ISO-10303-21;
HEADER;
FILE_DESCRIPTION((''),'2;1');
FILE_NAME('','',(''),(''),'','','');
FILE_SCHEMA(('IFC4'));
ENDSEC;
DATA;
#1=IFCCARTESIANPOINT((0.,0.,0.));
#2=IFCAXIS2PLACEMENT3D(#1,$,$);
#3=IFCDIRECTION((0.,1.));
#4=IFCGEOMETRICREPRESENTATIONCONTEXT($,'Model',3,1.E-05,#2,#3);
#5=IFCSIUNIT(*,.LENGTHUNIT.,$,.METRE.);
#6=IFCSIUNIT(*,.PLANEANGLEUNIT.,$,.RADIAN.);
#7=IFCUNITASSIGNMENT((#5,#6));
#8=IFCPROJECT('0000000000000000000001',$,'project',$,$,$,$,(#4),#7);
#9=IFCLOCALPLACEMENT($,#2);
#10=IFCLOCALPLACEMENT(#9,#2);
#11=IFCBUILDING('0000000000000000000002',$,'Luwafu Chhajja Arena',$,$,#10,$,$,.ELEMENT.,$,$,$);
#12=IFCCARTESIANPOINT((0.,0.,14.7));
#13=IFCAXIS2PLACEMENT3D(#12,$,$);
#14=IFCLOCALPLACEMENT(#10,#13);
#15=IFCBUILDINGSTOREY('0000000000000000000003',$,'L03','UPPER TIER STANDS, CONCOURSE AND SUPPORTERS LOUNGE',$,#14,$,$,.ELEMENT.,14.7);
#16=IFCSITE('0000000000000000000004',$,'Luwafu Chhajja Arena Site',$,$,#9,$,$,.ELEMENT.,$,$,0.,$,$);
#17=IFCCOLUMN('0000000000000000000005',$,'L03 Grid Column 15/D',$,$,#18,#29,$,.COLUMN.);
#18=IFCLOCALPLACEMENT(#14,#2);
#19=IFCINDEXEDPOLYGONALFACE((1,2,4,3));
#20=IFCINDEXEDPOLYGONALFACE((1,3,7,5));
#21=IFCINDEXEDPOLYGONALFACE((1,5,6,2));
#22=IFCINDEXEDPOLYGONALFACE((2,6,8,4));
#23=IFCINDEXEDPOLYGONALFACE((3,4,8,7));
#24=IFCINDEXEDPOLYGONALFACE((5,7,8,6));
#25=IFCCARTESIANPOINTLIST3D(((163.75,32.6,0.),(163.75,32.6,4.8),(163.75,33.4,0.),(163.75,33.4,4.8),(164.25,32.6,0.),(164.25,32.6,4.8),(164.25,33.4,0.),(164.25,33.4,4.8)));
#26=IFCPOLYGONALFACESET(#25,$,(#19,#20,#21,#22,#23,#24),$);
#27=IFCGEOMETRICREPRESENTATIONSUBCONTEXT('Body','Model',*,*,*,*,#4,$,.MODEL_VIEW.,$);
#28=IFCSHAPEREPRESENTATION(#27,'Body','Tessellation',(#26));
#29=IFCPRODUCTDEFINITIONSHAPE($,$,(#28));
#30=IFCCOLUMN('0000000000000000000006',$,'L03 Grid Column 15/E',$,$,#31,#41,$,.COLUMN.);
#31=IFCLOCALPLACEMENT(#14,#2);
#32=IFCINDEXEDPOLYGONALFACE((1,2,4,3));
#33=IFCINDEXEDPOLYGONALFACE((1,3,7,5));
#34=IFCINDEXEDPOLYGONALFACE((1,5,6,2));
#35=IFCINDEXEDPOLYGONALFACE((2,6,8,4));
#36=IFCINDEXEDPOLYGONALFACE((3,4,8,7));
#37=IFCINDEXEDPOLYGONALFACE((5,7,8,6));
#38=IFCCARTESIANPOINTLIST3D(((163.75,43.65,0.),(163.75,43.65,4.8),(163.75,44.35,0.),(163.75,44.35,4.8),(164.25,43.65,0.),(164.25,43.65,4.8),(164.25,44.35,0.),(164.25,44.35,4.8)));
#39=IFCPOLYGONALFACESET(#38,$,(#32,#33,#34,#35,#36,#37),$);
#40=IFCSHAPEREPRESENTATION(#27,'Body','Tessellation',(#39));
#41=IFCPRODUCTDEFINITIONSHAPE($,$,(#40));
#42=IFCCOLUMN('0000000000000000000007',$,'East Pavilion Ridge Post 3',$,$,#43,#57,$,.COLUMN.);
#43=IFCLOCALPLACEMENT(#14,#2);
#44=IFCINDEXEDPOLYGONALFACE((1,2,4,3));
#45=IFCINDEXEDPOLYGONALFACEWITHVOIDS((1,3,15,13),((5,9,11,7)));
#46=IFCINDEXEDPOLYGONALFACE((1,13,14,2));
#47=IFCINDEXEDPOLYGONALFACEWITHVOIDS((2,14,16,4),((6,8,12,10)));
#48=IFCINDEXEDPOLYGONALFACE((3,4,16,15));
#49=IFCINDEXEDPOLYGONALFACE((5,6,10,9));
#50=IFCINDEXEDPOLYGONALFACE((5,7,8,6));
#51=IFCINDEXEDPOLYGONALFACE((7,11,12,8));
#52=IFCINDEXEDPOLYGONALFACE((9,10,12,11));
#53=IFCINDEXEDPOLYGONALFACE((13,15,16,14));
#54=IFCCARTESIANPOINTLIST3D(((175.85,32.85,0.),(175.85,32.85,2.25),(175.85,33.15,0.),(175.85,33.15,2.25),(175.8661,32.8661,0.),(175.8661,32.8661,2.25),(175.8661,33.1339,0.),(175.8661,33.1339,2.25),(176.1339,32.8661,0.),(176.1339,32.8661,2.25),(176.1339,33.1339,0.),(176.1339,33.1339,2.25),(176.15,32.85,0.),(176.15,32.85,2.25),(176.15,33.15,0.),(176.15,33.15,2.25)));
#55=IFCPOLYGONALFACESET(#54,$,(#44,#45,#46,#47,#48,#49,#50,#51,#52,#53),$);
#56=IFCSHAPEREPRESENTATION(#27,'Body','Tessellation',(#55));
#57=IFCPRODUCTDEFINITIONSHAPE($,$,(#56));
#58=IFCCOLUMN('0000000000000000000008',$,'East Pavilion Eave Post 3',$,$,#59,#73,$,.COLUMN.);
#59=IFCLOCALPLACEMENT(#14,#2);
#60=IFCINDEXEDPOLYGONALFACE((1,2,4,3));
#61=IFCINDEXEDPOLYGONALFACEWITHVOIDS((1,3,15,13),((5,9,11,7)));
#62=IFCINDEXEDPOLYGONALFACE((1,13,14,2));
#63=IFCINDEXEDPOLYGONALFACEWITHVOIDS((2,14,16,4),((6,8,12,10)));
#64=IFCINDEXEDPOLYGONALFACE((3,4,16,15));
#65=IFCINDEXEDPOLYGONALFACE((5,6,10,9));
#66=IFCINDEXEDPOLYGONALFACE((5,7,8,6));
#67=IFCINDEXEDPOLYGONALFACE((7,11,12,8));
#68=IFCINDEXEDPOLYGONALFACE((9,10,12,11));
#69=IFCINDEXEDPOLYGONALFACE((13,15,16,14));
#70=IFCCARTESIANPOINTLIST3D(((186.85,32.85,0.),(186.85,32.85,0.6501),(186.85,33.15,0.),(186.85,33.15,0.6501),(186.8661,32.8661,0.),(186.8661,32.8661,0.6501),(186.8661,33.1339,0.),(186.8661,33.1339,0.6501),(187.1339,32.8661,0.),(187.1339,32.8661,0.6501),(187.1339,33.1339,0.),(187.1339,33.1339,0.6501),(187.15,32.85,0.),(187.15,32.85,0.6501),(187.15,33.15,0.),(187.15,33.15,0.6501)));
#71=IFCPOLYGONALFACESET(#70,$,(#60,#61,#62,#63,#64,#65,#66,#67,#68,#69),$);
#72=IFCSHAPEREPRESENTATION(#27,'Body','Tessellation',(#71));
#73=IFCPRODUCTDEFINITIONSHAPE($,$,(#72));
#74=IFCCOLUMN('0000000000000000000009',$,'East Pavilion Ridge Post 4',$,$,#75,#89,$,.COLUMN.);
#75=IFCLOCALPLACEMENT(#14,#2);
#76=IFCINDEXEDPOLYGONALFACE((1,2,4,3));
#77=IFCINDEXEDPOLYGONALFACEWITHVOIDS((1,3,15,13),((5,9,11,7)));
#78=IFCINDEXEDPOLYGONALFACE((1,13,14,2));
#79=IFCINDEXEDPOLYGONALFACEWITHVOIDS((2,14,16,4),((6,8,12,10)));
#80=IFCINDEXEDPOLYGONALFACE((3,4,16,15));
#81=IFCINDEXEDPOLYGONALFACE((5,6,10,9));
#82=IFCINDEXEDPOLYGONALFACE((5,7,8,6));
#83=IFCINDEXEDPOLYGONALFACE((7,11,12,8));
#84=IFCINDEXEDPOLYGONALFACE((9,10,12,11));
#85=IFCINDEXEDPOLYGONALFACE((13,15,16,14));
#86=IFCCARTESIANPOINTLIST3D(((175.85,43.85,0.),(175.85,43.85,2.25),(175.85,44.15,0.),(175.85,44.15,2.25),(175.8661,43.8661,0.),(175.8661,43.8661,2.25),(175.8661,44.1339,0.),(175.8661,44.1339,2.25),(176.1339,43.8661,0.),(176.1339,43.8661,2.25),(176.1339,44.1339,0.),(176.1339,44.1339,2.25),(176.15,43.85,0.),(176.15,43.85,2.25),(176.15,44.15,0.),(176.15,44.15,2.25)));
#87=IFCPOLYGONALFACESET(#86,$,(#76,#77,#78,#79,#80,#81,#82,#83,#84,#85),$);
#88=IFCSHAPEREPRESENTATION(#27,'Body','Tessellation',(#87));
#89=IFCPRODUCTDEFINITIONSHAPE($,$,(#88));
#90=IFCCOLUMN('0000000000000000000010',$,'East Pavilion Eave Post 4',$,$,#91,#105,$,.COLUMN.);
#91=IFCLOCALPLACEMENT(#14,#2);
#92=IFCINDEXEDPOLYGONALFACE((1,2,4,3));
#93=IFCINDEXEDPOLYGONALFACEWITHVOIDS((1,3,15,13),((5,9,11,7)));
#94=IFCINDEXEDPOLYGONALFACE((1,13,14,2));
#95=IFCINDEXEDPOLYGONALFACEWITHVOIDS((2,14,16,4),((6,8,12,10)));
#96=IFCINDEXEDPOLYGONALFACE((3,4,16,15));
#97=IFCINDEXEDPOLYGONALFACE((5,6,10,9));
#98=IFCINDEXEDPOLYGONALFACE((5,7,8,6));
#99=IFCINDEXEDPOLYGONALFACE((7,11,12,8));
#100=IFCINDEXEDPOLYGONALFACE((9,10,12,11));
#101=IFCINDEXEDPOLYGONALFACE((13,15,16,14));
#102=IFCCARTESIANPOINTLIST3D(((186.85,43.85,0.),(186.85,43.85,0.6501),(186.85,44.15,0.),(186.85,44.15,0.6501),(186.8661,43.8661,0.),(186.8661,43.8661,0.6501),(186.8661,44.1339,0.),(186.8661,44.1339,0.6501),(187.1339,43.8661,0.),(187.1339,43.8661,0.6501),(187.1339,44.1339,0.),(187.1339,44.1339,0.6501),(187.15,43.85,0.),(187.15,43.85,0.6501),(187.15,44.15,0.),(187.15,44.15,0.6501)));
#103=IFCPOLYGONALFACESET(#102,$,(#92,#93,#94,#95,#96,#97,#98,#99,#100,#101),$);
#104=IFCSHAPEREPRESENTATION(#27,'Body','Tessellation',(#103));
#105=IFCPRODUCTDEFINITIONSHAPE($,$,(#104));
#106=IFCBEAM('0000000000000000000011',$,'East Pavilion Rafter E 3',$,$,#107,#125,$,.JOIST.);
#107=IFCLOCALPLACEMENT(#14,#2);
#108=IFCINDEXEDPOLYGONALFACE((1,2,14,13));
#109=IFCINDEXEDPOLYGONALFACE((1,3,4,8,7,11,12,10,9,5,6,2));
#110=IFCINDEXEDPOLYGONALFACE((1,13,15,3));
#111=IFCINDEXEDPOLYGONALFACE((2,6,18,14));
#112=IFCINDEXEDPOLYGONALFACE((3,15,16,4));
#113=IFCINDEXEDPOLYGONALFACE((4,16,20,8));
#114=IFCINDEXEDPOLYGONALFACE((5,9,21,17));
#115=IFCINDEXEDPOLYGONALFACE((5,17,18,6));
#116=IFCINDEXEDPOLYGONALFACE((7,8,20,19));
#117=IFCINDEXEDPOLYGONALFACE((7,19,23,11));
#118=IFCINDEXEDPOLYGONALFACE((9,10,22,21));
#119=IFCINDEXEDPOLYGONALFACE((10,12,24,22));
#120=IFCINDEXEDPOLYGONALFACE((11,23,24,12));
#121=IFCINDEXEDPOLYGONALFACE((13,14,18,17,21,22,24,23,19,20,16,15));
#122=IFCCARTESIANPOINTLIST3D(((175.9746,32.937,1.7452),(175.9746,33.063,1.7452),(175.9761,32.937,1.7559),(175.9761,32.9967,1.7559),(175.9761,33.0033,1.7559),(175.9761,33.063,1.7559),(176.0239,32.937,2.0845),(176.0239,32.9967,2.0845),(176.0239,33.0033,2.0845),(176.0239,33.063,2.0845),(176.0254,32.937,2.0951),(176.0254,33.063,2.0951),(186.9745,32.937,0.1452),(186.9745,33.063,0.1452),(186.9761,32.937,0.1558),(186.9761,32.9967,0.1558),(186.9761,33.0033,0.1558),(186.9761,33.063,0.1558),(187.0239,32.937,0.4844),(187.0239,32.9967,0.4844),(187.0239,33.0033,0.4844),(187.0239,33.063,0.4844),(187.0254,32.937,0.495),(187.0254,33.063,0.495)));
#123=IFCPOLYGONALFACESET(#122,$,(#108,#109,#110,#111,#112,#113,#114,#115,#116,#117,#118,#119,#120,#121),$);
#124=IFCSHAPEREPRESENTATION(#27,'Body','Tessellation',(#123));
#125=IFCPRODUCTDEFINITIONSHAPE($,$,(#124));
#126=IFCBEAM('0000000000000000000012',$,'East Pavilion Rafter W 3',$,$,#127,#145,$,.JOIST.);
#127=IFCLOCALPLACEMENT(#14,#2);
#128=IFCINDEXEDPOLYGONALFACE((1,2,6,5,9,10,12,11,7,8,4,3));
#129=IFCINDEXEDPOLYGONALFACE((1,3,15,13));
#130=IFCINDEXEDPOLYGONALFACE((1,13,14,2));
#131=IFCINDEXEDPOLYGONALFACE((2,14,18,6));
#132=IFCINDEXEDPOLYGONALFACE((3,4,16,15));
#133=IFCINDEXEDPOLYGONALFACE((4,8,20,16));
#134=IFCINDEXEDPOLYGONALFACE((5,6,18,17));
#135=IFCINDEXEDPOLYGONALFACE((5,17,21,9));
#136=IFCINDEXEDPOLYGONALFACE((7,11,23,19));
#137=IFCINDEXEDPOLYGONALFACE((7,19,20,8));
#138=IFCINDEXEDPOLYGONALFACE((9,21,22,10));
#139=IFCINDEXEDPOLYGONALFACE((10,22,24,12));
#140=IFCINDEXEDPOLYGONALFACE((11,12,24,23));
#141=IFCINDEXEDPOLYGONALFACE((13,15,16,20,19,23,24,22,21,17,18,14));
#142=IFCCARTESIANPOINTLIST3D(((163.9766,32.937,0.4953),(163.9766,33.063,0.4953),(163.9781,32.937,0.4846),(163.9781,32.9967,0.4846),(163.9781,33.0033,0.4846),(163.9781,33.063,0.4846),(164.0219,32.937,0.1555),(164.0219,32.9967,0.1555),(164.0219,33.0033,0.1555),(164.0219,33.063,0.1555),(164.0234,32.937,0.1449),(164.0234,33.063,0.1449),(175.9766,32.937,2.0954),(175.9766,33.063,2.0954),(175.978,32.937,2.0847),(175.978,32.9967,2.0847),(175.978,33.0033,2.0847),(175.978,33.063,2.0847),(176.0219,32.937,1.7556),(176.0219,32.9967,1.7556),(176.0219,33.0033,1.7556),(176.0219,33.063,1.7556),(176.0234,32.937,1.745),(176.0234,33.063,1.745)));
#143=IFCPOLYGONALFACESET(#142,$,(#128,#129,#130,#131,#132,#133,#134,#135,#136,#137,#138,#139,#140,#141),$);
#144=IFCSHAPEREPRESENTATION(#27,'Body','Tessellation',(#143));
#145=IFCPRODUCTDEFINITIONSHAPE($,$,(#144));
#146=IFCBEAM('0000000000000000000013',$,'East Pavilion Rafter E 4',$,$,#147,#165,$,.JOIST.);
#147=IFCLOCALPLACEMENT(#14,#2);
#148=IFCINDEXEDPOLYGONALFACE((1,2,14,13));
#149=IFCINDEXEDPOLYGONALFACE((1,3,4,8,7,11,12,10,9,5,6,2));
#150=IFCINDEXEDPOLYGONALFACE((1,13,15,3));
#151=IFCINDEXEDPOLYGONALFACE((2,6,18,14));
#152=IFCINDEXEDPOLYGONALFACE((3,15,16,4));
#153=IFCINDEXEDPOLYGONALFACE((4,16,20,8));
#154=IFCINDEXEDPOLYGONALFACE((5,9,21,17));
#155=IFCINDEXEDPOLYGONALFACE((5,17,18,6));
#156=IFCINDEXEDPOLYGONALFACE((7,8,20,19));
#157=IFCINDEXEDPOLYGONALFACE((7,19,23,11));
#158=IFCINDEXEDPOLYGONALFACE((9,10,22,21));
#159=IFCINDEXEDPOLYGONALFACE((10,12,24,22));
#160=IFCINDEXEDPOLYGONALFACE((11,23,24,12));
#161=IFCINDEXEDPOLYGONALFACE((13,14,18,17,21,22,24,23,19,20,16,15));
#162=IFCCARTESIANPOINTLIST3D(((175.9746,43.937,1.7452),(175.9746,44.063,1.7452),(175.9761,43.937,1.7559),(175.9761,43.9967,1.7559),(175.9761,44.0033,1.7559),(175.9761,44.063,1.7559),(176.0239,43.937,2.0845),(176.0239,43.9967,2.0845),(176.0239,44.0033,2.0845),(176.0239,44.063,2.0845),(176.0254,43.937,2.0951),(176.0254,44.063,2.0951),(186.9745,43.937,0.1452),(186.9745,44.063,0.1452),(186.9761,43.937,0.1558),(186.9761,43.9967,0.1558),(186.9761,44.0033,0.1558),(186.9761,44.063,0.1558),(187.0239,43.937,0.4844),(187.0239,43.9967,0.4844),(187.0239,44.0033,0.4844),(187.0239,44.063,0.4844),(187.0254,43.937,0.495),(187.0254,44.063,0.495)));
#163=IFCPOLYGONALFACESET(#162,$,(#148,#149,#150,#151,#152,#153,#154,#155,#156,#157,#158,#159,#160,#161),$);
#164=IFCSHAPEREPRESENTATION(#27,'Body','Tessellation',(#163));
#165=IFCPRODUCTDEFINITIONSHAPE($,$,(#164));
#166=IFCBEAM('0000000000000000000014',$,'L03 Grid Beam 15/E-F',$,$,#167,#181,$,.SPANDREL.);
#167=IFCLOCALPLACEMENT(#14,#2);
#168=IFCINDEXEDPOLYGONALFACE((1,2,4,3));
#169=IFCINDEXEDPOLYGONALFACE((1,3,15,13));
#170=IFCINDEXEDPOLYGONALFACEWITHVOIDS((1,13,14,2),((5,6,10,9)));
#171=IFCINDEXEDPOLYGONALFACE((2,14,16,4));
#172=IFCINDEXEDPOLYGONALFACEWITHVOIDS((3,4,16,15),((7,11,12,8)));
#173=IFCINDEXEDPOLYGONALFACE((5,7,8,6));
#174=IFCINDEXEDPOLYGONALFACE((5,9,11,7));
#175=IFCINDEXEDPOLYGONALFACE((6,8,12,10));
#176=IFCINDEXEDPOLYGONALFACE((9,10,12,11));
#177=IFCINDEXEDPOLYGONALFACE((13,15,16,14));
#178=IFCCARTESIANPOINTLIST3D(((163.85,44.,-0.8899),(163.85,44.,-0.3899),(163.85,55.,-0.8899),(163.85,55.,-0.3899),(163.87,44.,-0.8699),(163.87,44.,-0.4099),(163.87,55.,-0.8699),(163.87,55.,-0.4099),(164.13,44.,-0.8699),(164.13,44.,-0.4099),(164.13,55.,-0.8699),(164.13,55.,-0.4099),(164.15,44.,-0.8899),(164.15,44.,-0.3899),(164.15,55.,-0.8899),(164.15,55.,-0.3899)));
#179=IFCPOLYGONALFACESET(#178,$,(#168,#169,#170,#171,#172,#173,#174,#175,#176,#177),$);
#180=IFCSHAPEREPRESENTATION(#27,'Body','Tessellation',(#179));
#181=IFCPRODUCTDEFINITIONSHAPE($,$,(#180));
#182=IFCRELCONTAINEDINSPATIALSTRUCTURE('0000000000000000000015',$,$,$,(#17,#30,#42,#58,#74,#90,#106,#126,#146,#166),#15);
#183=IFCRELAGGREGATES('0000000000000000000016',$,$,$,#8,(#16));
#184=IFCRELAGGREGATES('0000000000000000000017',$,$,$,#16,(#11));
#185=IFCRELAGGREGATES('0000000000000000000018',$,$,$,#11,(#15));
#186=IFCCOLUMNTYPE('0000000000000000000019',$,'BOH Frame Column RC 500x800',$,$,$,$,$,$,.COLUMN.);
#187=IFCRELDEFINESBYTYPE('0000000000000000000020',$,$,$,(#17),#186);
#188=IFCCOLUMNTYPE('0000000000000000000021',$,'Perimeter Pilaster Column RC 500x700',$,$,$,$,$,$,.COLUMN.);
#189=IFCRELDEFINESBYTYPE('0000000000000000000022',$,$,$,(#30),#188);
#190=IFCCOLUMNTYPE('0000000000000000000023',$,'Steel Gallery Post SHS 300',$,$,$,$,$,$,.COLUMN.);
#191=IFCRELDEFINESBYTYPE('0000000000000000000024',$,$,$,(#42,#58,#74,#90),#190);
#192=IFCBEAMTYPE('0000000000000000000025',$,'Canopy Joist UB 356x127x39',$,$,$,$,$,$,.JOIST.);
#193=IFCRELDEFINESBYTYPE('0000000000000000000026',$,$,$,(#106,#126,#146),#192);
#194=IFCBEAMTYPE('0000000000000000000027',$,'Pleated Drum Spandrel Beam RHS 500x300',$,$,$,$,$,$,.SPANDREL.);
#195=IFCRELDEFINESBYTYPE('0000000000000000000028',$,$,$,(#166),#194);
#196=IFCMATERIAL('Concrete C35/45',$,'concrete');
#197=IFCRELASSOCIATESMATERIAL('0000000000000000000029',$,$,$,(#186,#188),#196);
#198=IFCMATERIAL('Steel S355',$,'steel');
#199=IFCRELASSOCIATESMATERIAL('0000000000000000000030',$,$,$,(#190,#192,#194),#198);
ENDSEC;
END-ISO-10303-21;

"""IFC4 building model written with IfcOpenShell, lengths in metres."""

from ifc_helpers import new_model, si_unit, direction, frame, origin, origin_2d, place, context, subcontext, project, spatial, rectangle, hollow_rectangle, i_section, extrude, material, material_profile, profile_set, type_object, element, save


model = new_model("IFC4")

# Units and contexts
model_context = context("Model", 3, precision=1e-05, world=origin(), true_north=direction((0.0, 1.0)))
body_context = subcontext(model_context, "Body", "Model", "MODEL_VIEW")
ifc_project = project(units=[si_unit("LENGTHUNIT", "METRE"), si_unit("PLANEANGLEUNIT", "RADIAN")], contexts=[model_context])

# Site, building, storey
site_placement = place(None, origin())
site = spatial("IfcSite", under=ifc_project, at=site_placement, Name="Luwafu Chhajja Arena Site", CompositionType="ELEMENT", RefElevation=0.0)
building_placement = place(site_placement, origin())
building = spatial("IfcBuilding", under=site, at=building_placement, Name="Luwafu Chhajja Arena", CompositionType="ELEMENT")
storey_placement = place(building_placement, frame((0.0, 0.0, 14.7)))
storey = spatial("IfcBuildingStorey", under=building, at=storey_placement, Name="L03", Description="UPPER TIER STANDS, CONCOURSE AND SUPPORTERS LOUNGE", CompositionType="ELEMENT", Elevation=14.7)

# Columns
ifc_material_1 = material(Name="Concrete C35/45", Category="concrete")
ifc_material_profile_1 = material_profile(ifc_material_1, rectangle(XDim=0.5, YDim=0.8, at=origin_2d()), Name="RC 500x800")
ifc_profile_set_1 = profile_set([ifc_material_profile_1], Name="Concrete C35/45")
column_type_1 = type_object("IfcColumnType", Name="BOH Frame Column RC 500x800", PredefinedType="COLUMN", material=ifc_profile_set_1)
column_1_placement = place(storey_placement, frame((164.0, 33.0, 0.0), z_axis=(0.0, 0.0, 1.0), x_axis=(1.0, 0.0, 0.0)))
element("IfcColumn", 1, at=column_1_placement, inside=storey, type_object=column_type_1, Name="L03 Grid Column 15/D", PredefinedType="COLUMN", context=body_context, shape_type="SweptSolid", body=[
    extrude(rectangle(XDim=0.5, YDim=0.8, at=origin_2d()), origin(), (0.0, 0.0, 1.0), 4.8),
])
ifc_material_profile_2 = material_profile(ifc_material_1, rectangle(XDim=0.5, YDim=0.7, at=origin_2d()), Name="RC 500x700")
ifc_profile_set_2 = profile_set([ifc_material_profile_2], Name="Concrete C35/45")
column_type_2 = type_object("IfcColumnType", Name="Perimeter Pilaster Column RC 500x700", PredefinedType="COLUMN", material=ifc_profile_set_2)
column_2_placement = place(storey_placement, frame((164.0, 44.0, 0.0), z_axis=(0.0, 0.0, 1.0), x_axis=(1.0, 0.0, 0.0)))
element("IfcColumn", 2, at=column_2_placement, inside=storey, type_object=column_type_2, Name="L03 Grid Column 15/E", PredefinedType="COLUMN", context=body_context, shape_type="SweptSolid", body=[
    extrude(rectangle(XDim=0.5, YDim=0.7, at=origin_2d()), origin(), (0.0, 0.0, 1.0), 4.8),
])
ifc_material_2 = material(Name="Steel S355", Category="steel")
ifc_material_profile_3 = material_profile(ifc_material_2, hollow_rectangle(XDim=0.3, YDim=0.3, WallThickness=0.0161, at=origin_2d()), Name="SHS 300x300x16")
ifc_profile_set_3 = profile_set([ifc_material_profile_3], Name="Steel S355")
column_type_3 = type_object("IfcColumnType", Name="Steel Gallery Post SHS 300", PredefinedType="COLUMN", material=ifc_profile_set_3)
column_3_placement = place(storey_placement, frame((176.0, 33.0, 0.0), z_axis=(0.0, 0.0, 1.0), x_axis=(1.0, 0.0, 0.0)))
element("IfcColumn", 3, at=column_3_placement, inside=storey, type_object=column_type_3, Name="East Pavilion Ridge Post 3", PredefinedType="COLUMN", context=body_context, shape_type="SweptSolid", body=[
    extrude(hollow_rectangle(XDim=0.3, YDim=0.3, WallThickness=0.0161, at=origin_2d()), origin(), (0.0, 0.0, 1.0), 2.25),
])
column_4_placement = place(storey_placement, frame((187.0, 33.0, 0.0), z_axis=(0.0, 0.0, 1.0), x_axis=(1.0, 0.0, 0.0)))
element("IfcColumn", 4, at=column_4_placement, inside=storey, type_object=column_type_3, Name="East Pavilion Eave Post 3", PredefinedType="COLUMN", context=body_context, shape_type="SweptSolid", body=[
    extrude(hollow_rectangle(XDim=0.3, YDim=0.3, WallThickness=0.0161, at=origin_2d()), origin(), (0.0, 0.0, 1.0), 0.6501),
])
column_5_placement = place(storey_placement, frame((176.0, 44.0, 0.0), z_axis=(0.0, 0.0, 1.0), x_axis=(1.0, 0.0, 0.0)))
element("IfcColumn", 5, at=column_5_placement, inside=storey, type_object=column_type_3, Name="East Pavilion Ridge Post 4", PredefinedType="COLUMN", context=body_context, shape_type="SweptSolid", body=[
    extrude(hollow_rectangle(XDim=0.3, YDim=0.3, WallThickness=0.0161, at=origin_2d()), origin(), (0.0, 0.0, 1.0), 2.25),
])
column_6_placement = place(storey_placement, frame((187.0, 44.0, 0.0), z_axis=(0.0, 0.0, 1.0), x_axis=(1.0, 0.0, 0.0)))
element("IfcColumn", 6, at=column_6_placement, inside=storey, type_object=column_type_3, Name="East Pavilion Eave Post 4", PredefinedType="COLUMN", context=body_context, shape_type="SweptSolid", body=[
    extrude(hollow_rectangle(XDim=0.3, YDim=0.3, WallThickness=0.0161, at=origin_2d()), origin(), (0.0, 0.0, 1.0), 0.6501),
])

# Beams
ifc_material_profile_4 = material_profile(ifc_material_2, i_section(OverallWidth=0.126, OverallDepth=0.3535, WebThickness=0.0066, FlangeThickness=0.0107, at=origin_2d()), Name="UB 356x127x39")
ifc_profile_set_4 = profile_set([ifc_material_profile_4], Name="Steel S355")
beam_type_1 = type_object("IfcBeamType", Name="Canopy Joist UB 356x127x39", PredefinedType="JOIST", material=ifc_profile_set_4)
beam_1_placement = place(storey_placement, frame((176.0, 33.0, 1.9202), z_axis=(0.989585, 0.0, -0.143948), x_axis=(0.0, 1.0, 0.0)))
element("IfcBeam", 7, at=beam_1_placement, inside=storey, type_object=beam_type_1, Name="East Pavilion Rafter E 3", PredefinedType="JOIST", context=body_context, shape_type="SweptSolid", body=[
    extrude(i_section(OverallWidth=0.126, OverallDepth=0.3535, WebThickness=0.0066, FlangeThickness=0.0107, at=origin_2d()), origin(), (0.0, 0.0, 1.0), 11.1157),
])
beam_2_placement = place(storey_placement, frame((164.0, 33.0, 0.3201), z_axis=(0.991227, 0.0, 0.132172), x_axis=(0.0, 1.0, 0.0)))
element("IfcBeam", 8, at=beam_2_placement, inside=storey, type_object=beam_type_1, Name="East Pavilion Rafter W 3", PredefinedType="JOIST", context=body_context, shape_type="SweptSolid", body=[
    extrude(i_section(OverallWidth=0.126, OverallDepth=0.3535, WebThickness=0.0066, FlangeThickness=0.0107, at=origin_2d()), origin(), (0.0, 0.0, 1.0), 12.1062),
])
beam_3_placement = place(storey_placement, frame((176.0, 44.0, 1.9202), z_axis=(0.989585, 0.0, -0.143948), x_axis=(0.0, 1.0, 0.0)))
element("IfcBeam", 9, at=beam_3_placement, inside=storey, type_object=beam_type_1, Name="East Pavilion Rafter E 4", PredefinedType="JOIST", context=body_context, shape_type="SweptSolid", body=[
    extrude(i_section(OverallWidth=0.126, OverallDepth=0.3535, WebThickness=0.0066, FlangeThickness=0.0107, at=origin_2d()), origin(), (0.0, 0.0, 1.0), 11.1157),
])
ifc_material_profile_5 = material_profile(ifc_material_2, hollow_rectangle(XDim=0.3, YDim=0.5, WallThickness=0.02, at=origin_2d()), Name="RHS 500x300x20")
ifc_profile_set_5 = profile_set([ifc_material_profile_5], Name="Steel S355")
beam_type_2 = type_object("IfcBeamType", Name="Pleated Drum Spandrel Beam RHS 500x300", PredefinedType="SPANDREL", material=ifc_profile_set_5)
beam_4_placement = place(storey_placement, frame((164.0, 44.0, -0.6399), z_axis=(0.0, 1.0, 0.0), x_axis=(-1.0, 0.0, 0.0)))
element("IfcBeam", 10, at=beam_4_placement, inside=storey, type_object=beam_type_2, Name="L03 Grid Beam 15/E-F", PredefinedType="SPANDREL", context=body_context, shape_type="SweptSolid", body=[
    extrude(hollow_rectangle(XDim=0.3, YDim=0.5, WallThickness=0.02, at=origin_2d()), origin(), (0.0, 0.0, 1.0), 11.0),
])

save(model, "model.ifc")
